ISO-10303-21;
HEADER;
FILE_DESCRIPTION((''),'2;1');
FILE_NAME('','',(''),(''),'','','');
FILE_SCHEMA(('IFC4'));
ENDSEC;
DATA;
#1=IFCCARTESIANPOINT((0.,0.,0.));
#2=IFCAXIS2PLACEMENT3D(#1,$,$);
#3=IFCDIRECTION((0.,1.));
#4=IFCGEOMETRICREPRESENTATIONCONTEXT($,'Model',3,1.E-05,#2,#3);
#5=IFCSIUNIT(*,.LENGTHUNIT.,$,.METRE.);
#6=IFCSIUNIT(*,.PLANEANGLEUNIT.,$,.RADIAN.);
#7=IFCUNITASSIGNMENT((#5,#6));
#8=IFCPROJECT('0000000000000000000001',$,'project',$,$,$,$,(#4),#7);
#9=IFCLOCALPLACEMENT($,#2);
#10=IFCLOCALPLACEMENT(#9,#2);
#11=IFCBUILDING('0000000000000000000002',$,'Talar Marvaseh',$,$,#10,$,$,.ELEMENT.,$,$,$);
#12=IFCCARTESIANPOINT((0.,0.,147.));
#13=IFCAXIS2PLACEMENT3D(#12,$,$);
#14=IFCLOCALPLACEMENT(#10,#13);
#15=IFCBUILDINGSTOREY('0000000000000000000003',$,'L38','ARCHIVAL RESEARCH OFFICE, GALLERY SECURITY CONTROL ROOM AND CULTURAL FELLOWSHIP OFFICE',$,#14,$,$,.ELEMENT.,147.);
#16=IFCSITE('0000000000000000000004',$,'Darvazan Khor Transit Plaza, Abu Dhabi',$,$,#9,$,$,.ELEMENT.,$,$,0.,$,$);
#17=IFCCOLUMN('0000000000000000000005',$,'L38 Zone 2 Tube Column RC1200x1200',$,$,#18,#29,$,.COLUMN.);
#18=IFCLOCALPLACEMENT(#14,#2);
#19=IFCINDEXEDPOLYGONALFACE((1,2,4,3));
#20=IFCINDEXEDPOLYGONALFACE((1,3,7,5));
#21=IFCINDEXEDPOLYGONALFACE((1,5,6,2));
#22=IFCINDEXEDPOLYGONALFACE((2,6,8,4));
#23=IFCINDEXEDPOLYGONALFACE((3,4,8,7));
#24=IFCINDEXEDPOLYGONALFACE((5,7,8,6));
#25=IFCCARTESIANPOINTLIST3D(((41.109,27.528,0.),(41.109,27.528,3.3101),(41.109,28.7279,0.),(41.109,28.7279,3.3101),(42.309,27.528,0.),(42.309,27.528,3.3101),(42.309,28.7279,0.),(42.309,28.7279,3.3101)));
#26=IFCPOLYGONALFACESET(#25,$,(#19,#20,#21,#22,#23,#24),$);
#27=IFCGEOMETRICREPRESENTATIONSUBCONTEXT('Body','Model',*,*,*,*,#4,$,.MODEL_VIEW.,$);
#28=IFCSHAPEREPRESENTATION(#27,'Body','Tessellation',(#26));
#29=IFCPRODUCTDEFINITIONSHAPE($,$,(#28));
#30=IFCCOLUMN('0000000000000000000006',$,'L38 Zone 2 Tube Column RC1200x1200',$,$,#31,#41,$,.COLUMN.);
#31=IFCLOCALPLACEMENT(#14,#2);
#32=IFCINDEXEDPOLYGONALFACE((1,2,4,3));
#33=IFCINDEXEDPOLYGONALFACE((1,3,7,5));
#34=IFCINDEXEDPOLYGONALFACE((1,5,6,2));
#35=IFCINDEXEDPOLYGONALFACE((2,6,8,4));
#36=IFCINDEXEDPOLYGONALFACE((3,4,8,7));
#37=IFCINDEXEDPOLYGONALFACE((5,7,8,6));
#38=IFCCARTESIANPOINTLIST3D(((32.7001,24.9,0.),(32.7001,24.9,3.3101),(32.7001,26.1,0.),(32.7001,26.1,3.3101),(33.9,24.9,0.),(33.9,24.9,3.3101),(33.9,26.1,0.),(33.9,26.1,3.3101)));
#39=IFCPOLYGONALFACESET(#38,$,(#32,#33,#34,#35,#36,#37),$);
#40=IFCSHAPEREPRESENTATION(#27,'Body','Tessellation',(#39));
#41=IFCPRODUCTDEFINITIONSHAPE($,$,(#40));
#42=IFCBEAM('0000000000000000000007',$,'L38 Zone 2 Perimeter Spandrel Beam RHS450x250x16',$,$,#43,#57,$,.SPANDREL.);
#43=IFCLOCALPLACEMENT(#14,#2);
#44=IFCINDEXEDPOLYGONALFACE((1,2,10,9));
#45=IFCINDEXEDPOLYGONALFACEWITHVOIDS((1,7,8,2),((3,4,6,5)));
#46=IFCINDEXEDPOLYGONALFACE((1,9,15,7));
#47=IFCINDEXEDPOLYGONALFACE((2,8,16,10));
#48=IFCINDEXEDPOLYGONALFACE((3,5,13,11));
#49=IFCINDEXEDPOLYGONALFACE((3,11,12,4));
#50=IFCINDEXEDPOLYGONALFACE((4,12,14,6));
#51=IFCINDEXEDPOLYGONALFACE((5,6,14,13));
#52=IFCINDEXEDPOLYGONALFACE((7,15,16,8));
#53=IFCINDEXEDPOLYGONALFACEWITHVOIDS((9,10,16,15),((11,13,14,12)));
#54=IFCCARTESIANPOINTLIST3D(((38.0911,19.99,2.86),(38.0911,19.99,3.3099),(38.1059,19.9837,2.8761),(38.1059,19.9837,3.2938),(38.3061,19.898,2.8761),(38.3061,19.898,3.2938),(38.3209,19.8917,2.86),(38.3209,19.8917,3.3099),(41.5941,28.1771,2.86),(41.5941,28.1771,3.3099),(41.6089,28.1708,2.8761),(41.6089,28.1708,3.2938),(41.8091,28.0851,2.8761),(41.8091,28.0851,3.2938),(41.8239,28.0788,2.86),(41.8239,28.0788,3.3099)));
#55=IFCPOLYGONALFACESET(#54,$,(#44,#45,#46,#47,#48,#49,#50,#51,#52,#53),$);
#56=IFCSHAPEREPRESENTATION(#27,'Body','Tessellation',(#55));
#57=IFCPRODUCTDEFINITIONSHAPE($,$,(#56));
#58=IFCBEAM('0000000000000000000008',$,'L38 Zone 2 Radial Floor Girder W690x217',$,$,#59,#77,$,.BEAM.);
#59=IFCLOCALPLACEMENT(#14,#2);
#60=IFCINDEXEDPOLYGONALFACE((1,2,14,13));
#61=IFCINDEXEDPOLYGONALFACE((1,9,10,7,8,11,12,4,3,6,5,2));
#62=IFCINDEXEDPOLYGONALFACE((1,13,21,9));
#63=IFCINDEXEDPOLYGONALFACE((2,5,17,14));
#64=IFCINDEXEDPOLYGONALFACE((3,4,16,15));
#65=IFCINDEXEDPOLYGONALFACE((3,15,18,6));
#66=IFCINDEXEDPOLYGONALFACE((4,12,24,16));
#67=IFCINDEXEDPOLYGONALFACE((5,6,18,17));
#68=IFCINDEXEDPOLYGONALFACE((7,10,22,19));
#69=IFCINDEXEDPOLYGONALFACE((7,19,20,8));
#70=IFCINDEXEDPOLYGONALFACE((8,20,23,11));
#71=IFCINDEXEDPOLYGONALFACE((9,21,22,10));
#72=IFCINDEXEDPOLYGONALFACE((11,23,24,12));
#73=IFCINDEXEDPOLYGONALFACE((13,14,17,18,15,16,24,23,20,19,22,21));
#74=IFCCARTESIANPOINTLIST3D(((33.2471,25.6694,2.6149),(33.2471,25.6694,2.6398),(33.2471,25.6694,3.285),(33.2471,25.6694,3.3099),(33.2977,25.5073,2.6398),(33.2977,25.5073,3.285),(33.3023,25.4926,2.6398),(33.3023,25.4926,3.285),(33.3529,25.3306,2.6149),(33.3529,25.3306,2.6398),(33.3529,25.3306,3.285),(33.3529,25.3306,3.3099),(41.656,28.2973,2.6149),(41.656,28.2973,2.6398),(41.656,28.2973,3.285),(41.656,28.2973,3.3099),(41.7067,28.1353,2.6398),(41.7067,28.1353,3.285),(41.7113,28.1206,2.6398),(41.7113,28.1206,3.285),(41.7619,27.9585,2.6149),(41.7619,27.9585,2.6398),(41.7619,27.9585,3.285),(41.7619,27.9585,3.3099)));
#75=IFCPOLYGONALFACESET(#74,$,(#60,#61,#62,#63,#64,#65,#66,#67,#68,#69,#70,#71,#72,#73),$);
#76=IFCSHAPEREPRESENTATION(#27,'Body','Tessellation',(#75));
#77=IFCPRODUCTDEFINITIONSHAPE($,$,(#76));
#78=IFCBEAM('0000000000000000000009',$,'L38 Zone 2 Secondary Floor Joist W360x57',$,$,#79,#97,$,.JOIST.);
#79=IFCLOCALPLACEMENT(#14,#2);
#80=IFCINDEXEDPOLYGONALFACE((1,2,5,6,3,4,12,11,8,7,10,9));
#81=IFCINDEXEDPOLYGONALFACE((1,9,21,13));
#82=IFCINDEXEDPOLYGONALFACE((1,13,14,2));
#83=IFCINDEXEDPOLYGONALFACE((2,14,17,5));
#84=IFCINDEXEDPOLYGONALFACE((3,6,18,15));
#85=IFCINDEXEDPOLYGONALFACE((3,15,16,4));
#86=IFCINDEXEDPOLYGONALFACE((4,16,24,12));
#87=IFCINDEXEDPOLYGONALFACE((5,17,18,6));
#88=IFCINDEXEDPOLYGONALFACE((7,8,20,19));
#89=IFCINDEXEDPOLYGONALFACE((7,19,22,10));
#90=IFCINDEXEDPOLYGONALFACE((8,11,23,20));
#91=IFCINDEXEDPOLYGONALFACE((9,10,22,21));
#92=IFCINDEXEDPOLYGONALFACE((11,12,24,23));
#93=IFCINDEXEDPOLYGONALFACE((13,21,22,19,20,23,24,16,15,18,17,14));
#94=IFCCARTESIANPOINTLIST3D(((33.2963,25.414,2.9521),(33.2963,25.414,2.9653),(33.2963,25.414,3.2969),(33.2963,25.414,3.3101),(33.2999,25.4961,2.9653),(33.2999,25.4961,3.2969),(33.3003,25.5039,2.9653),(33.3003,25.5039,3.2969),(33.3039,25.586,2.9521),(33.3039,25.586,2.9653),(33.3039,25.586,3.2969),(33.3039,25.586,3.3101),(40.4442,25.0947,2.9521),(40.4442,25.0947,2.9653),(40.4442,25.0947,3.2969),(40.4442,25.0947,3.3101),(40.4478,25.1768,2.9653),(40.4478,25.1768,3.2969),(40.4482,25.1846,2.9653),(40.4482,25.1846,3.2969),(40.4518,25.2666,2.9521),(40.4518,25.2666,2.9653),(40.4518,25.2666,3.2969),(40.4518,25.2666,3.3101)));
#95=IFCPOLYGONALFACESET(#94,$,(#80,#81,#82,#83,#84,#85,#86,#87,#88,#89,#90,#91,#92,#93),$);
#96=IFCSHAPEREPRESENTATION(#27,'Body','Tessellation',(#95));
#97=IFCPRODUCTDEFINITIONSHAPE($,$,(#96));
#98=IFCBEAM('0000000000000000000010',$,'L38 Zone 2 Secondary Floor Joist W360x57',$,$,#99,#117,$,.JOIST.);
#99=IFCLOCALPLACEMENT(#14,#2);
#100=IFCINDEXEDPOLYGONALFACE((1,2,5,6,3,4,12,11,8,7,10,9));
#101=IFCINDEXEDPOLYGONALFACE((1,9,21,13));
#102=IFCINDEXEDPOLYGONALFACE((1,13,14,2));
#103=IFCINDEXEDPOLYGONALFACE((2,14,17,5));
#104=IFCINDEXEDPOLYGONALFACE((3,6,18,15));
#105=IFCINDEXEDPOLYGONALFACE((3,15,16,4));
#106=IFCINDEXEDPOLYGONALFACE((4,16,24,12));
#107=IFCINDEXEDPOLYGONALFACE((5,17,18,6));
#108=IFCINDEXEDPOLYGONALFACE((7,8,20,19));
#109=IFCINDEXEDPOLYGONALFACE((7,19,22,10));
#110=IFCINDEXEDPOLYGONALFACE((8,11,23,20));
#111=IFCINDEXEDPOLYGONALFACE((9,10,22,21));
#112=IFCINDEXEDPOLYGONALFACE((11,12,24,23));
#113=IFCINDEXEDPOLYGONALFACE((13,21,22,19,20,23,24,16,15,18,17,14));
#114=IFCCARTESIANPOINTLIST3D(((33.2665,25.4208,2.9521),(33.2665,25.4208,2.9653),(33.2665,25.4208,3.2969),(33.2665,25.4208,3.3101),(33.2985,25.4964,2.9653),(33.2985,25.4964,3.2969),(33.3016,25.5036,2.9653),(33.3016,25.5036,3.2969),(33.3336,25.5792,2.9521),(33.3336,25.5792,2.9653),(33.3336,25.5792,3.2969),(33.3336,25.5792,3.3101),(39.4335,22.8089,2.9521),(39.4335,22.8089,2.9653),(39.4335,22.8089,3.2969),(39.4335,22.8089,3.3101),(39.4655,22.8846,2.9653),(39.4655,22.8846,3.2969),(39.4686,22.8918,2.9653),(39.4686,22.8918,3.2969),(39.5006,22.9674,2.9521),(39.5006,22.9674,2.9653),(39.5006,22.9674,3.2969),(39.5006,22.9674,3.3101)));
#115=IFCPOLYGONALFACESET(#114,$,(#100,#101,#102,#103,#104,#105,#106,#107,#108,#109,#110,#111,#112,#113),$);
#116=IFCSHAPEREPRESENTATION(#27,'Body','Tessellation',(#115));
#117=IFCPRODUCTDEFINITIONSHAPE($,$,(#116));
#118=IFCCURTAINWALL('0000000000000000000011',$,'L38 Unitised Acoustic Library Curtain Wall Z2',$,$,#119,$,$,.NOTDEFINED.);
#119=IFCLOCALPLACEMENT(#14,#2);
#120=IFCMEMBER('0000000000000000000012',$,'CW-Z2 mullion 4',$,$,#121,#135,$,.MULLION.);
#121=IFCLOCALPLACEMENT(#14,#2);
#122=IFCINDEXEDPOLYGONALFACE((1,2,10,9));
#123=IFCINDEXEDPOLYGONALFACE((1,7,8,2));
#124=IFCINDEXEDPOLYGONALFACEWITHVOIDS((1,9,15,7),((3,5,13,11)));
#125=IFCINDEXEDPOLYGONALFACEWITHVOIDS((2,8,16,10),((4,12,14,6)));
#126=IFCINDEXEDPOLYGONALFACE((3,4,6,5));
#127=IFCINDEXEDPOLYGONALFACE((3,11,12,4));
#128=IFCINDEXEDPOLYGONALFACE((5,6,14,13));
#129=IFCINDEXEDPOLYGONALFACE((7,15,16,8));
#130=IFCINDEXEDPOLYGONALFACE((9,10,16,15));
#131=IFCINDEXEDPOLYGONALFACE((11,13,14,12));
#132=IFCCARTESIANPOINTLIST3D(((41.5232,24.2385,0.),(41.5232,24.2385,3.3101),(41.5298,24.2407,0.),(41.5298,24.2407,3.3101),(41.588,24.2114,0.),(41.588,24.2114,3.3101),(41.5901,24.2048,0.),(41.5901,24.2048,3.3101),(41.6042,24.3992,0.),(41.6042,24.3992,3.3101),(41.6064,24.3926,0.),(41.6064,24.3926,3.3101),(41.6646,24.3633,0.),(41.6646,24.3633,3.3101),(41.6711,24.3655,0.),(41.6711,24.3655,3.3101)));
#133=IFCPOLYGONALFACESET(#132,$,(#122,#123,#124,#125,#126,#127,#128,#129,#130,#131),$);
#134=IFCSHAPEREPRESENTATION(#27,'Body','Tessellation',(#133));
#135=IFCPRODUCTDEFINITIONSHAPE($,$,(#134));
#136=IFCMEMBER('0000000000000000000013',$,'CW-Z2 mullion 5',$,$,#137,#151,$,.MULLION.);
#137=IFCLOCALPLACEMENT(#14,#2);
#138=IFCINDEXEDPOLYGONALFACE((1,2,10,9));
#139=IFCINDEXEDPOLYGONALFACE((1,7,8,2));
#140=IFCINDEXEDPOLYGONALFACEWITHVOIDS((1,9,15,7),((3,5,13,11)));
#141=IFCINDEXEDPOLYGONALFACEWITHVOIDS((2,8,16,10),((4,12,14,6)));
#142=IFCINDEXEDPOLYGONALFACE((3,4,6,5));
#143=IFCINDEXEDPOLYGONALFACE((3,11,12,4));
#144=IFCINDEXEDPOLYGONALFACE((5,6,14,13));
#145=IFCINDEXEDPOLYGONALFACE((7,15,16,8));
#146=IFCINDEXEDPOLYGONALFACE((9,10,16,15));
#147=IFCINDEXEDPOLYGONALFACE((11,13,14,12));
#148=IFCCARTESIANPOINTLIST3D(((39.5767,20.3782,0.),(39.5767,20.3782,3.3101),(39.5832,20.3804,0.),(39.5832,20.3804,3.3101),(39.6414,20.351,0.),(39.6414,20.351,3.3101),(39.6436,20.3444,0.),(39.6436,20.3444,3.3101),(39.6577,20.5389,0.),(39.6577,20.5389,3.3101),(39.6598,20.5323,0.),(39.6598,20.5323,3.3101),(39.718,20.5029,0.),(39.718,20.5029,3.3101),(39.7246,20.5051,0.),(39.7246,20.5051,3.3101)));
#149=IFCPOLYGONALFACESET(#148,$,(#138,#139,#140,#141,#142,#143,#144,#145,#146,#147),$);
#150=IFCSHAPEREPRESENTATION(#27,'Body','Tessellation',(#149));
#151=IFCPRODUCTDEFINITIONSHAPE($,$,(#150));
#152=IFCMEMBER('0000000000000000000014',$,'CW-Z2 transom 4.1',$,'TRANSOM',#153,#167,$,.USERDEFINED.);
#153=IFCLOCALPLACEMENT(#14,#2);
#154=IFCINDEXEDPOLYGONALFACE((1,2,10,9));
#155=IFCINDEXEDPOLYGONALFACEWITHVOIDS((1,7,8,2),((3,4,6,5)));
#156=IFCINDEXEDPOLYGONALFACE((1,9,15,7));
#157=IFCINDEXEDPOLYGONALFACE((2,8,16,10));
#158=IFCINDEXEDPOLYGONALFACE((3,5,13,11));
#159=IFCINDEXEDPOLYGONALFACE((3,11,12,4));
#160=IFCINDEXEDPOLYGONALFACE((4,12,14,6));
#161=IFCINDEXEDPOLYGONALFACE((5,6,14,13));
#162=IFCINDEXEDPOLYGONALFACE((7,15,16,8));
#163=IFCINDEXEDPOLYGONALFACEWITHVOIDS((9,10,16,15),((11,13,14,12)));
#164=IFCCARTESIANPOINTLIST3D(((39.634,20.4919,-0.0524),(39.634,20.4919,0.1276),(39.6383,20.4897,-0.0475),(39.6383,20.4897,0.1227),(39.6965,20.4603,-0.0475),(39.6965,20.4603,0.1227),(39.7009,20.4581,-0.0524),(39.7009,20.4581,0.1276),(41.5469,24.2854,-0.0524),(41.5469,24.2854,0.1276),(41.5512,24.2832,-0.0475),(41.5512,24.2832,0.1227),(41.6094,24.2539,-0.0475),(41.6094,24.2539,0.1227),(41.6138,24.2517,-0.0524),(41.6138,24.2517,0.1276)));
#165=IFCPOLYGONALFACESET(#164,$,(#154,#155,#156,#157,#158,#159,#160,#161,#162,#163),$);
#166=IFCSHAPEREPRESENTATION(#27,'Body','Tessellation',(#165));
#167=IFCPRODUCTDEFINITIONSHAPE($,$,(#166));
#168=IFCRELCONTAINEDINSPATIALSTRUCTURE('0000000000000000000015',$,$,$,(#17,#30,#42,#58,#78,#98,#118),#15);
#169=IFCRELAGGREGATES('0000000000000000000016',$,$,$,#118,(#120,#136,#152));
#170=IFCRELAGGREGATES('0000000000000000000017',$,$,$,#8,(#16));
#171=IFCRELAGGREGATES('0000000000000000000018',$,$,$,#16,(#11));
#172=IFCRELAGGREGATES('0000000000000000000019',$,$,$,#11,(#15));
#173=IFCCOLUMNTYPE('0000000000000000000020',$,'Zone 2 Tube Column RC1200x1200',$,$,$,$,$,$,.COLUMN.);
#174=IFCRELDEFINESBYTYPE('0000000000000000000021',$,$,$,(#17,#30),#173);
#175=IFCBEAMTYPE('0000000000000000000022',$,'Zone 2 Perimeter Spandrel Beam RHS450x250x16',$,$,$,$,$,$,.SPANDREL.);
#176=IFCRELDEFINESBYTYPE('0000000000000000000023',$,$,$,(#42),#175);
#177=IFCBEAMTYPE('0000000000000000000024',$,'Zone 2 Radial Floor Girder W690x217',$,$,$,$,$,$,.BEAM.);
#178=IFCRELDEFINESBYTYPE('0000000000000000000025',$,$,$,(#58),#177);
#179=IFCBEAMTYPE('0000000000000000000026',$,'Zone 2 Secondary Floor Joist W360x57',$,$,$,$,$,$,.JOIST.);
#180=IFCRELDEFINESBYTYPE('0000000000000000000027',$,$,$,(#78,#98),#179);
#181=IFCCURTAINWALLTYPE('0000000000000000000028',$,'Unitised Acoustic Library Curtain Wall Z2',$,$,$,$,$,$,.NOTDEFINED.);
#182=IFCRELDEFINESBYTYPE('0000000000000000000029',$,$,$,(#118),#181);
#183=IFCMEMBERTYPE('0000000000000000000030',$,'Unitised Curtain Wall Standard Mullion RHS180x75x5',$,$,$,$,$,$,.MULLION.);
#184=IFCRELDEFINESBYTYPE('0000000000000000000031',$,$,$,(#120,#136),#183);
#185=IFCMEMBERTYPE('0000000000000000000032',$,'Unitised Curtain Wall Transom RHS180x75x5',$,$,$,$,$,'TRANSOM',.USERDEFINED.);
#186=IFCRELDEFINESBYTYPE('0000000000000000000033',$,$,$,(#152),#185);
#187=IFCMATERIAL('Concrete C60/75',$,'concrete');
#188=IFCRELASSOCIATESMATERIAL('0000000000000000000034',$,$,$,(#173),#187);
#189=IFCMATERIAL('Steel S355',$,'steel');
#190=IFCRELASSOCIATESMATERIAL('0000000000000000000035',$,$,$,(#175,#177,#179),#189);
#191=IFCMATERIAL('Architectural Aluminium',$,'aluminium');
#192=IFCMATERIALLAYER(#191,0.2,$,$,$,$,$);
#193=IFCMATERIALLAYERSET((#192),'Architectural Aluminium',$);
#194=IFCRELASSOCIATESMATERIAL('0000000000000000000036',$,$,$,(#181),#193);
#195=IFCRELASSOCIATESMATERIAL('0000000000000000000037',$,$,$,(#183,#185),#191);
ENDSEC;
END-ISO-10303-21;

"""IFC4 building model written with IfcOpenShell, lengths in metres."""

from ifc_helpers import new_model, si_unit, direction, frame, origin, origin_2d, place, context, subcontext, project, spatial, rectangle, hollow_rectangle, i_section, extrude, source, transform, mapped, material, layer, layer_set, material_profile, profile_set, type_object, type_shapes, element, aggregate, save


model = new_model("IFC4")

# Units and contexts
model_context = context("Model", 3, precision=1e-05, world=origin(), true_north=direction((0.0, 1.0)))
body_context = subcontext(model_context, "Body", "Model", "MODEL_VIEW")
ifc_project = project(units=[si_unit("LENGTHUNIT", "METRE"), si_unit("PLANEANGLEUNIT", "RADIAN")], contexts=[model_context])

# Site, building, storey
site_placement = place(None, origin())
site = spatial("IfcSite", under=ifc_project, at=site_placement, Name="Darvazan Khor Transit Plaza, Abu Dhabi", CompositionType="ELEMENT", RefElevation=0.0)
building_placement = place(site_placement, origin())
building = spatial("IfcBuilding", under=site, at=building_placement, Name="Talar Marvaseh", CompositionType="ELEMENT")
storey_placement = place(building_placement, frame((0.0, 0.0, 147.0)))
storey = spatial("IfcBuildingStorey", under=building, at=storey_placement, Name="L38", Description="ARCHIVAL RESEARCH OFFICE, GALLERY SECURITY CONTROL ROOM AND CULTURAL FELLOWSHIP OFFICE", CompositionType="ELEMENT", Elevation=147.0)

# Columns
ifc_material_1 = material(Name="Concrete C60/75", Category="concrete")
ifc_material_profile_1 = material_profile(ifc_material_1, rectangle(XDim=1.2, YDim=1.2, at=origin_2d()), Name="RC1200x1200")
ifc_profile_set_1 = profile_set([ifc_material_profile_1], Name="Concrete C60/75")
column_type = type_object("IfcColumnType", Name="Zone 2 Tube Column RC1200x1200", PredefinedType="COLUMN", material=ifc_profile_set_1)
for number, where, z_axis, x_axis, name in (
    (1, (41.709, 28.1279, 0.0), (0.0, 0.0, 1.0), (1.0, 0.0, 0.0), "L38 Zone 2 Tube Column RC1200x1200"),
    (2, (33.3, 25.5, 0.0), (0.0, 0.0, 1.0), (1.0, 0.0, 0.0), "L38 Zone 2 Tube Column RC1200x1200"),
):
    element("IfcColumn", number, at=place(storey_placement, frame(where, z_axis=z_axis, x_axis=x_axis)), inside=storey, type_object=column_type, Name=name, PredefinedType="COLUMN", context=body_context, shape_type="SweptSolid", body=[
        extrude(rectangle(XDim=1.2, YDim=1.2, at=origin_2d()), origin(), (0.0, 0.0, 1.0), 3.3101),
    ])

# Beams
ifc_material_2 = material(Name="Steel S355", Category="steel")
ifc_material_profile_2 = material_profile(ifc_material_2, hollow_rectangle(XDim=0.25, YDim=0.45, WallThickness=0.0161, at=origin_2d()), Name="RHS450x250x16")
ifc_profile_set_2 = profile_set([ifc_material_profile_2], Name="Steel S355")
beam_type_1 = type_object("IfcBeamType", Name="Zone 2 Perimeter Spandrel Beam RHS450x250x16", PredefinedType="SPANDREL", material=ifc_profile_set_2)
beam_1_placement = place(storey_placement, frame((41.709, 28.1279, 3.085), z_axis=(-0.39337, -0.91938, 0.0), x_axis=(0.91938, -0.39337, 0.0)))
element("IfcBeam", 3, at=beam_1_placement, inside=storey, type_object=beam_type_1, Name="L38 Zone 2 Perimeter Spandrel Beam RHS450x250x16", PredefinedType="SPANDREL", context=body_context, shape_type="SweptSolid", body=[
    extrude(hollow_rectangle(XDim=0.25, YDim=0.45, WallThickness=0.0161, at=origin_2d()), origin(), (0.0, 0.0, 1.0), 8.905),
])
ifc_material_profile_3 = material_profile(ifc_material_2, i_section(OverallWidth=0.355, OverallDepth=0.6951, WebThickness=0.0154, FlangeThickness=0.0249, at=origin_2d()), Name="W690x217")
ifc_profile_set_3 = profile_set([ifc_material_profile_3], Name="Steel S355")
beam_type_2 = type_object("IfcBeamType", Name="Zone 2 Radial Floor Girder W690x217", PredefinedType="BEAM", material=ifc_profile_set_3)
beam_2_placement = place(storey_placement, frame((41.709, 28.1279, 2.9624), z_axis=(-0.954476, -0.298289, 0.0), x_axis=(0.298289, -0.954476, 0.0)))
element("IfcBeam", 4, at=beam_2_placement, inside=storey, type_object=beam_type_2, Name="L38 Zone 2 Radial Floor Girder W690x217", PredefinedType="BEAM", context=body_context, shape_type="SweptSolid", body=[
    extrude(i_section(OverallWidth=0.355, OverallDepth=0.6951, WebThickness=0.0154, FlangeThickness=0.0249, at=origin_2d()), origin(), (0.0, 0.0, 1.0), 8.8101),
])
ifc_material_profile_4 = material_profile(ifc_material_2, i_section(OverallWidth=0.1721, OverallDepth=0.3579, WebThickness=0.0078, FlangeThickness=0.0132, at=origin_2d()), Name="W360x57")
ifc_profile_set_4 = profile_set([ifc_material_profile_4], Name="Steel S355")
beam_type_3 = type_object("IfcBeamType", Name="Zone 2 Secondary Floor Joist W360x57", PredefinedType="JOIST", material=ifc_profile_set_4)
beam_3_placement = place(storey_placement, frame((40.448, 25.1807, 3.1311), z_axis=(-0.999004, 0.044631, 0.0), x_axis=(-0.044631, -0.999004, 0.0)))
element("IfcBeam", 5, at=beam_3_placement, inside=storey, type_object=beam_type_3, Name="L38 Zone 2 Secondary Floor Joist W360x57", PredefinedType="JOIST", context=body_context, shape_type="SweptSolid", body=[
    extrude(i_section(OverallWidth=0.1721, OverallDepth=0.3579, WebThickness=0.0078, FlangeThickness=0.0132, at=origin_2d()), origin(), (0.0, 0.0, 1.0), 7.155),
])
beam_4_placement = place(storey_placement, frame((39.467, 22.8882, 3.1311), z_axis=(-0.920822, 0.389982, 0.0), x_axis=(-0.389982, -0.920822, 0.0)))
element("IfcBeam", 6, at=beam_4_placement, inside=storey, type_object=beam_type_3, Name="L38 Zone 2 Secondary Floor Joist W360x57", PredefinedType="JOIST", context=body_context, shape_type="SweptSolid", body=[
    extrude(i_section(OverallWidth=0.1721, OverallDepth=0.3579, WebThickness=0.0078, FlangeThickness=0.0132, at=origin_2d()), origin(), (0.0, 0.0, 1.0), 6.6973),
])

# Curtain wall, members
ifc_material_3 = material(Name="Architectural Aluminium", Category="aluminium")
ifc_layer_1 = layer(ifc_material_3, 0.2)
ifc_layer_set_1 = layer_set([ifc_layer_1], Name="Architectural Aluminium")
curtain_wall_type = type_object("IfcCurtainWallType", Name="Unitised Acoustic Library Curtain Wall Z2", PredefinedType="NOTDEFINED", material=ifc_layer_set_1)
curtain_wall_placement = place(storey_placement, origin())
curtain_wall = element("IfcCurtainWall", 7, at=curtain_wall_placement, inside=storey, type_object=curtain_wall_type, Name="L38 Unitised Acoustic Library Curtain Wall Z2", PredefinedType="NOTDEFINED")
ifc_material_profile_5 = material_profile(ifc_material_3, hollow_rectangle(XDim=0.075, YDim=0.1799, WallThickness=0.0049, at=origin_2d()), Name="RHS180x75x5")
ifc_profile_set_5 = profile_set([ifc_material_profile_5], Name="Architectural Aluminium")
member_type_1 = type_object("IfcMemberType", Name="Unitised Curtain Wall Standard Mullion RHS180x75x5", PredefinedType="MULLION", material=ifc_profile_set_5)
shared_shape_1 = source(origin(), body_context, "Body", "SweptSolid", [
    extrude(hollow_rectangle(XDim=0.075, YDim=0.1799, WallThickness=0.0049, at=origin_2d()), origin(), (0.0, 0.0, 1.0), 3.3101),
])
type_shapes(member_type_1, [shared_shape_1])
member_1_placement = place(storey_placement, frame((41.5972, 24.302, 0.0), z_axis=(0.0, 0.0, 1.0), x_axis=(0.892909, -0.450236, 0.0)))
member_1 = element("IfcMember", 8, at=member_1_placement, type_object=member_type_1, Name="CW-Z2 mullion 4", PredefinedType="MULLION", context=body_context, shape_type="MappedRepresentation", body=[
    mapped(shared_shape_1, transform((0.0, 0.0, 0.0), x_axis=(1.0, 0.0, 0.0), y_axis=(0.0, 1.0, 0.0), z_axis=(0.0, 0.0, 1.0), scale=1.0)),
])
member_2_placement = place(storey_placement, frame((39.6506, 20.4417, 0.0), z_axis=(0.0, 0.0, 1.0), x_axis=(0.892909, -0.450236, 0.0)))
member_2 = element("IfcMember", 9, at=member_2_placement, type_object=member_type_1, Name="CW-Z2 mullion 5", PredefinedType="MULLION", context=body_context, shape_type="MappedRepresentation", body=[
    mapped(shared_shape_1, transform((0.0, 0.0, 0.0), x_axis=(1.0, 0.0, 0.0), y_axis=(0.0, 1.0, 0.0), z_axis=(0.0, 0.0, 1.0), scale=1.0)),
])
ifc_material_profile_6 = material_profile(ifc_material_3, hollow_rectangle(XDim=0.075, YDim=0.1799, WallThickness=0.0049, at=origin_2d()), Name="RHS180x75x5")
ifc_profile_set_6 = profile_set([ifc_material_profile_6], Name="Architectural Aluminium")
member_type_2 = type_object("IfcMemberType", Name="Unitised Curtain Wall Transom RHS180x75x5", ElementType="TRANSOM", PredefinedType="USERDEFINED", material=ifc_profile_set_6)
shared_shape_2 = source(origin(), body_context, "Body", "SweptSolid", [
    extrude(hollow_rectangle(XDim=0.075, YDim=0.1799, WallThickness=0.0049, at=origin_2d()), origin(), (0.0, 0.0, 1.0), 4.2485),
])
member_3_placement = place(storey_placement, frame((41.5803, 24.2686, 0.0376), z_axis=(-0.450245, -0.892905, 0.0), x_axis=(0.892905, -0.450245, 0.0)))
member_3 = element("IfcMember", 10, at=member_3_placement, type_object=member_type_2, Name="CW-Z2 transom 4.1", ObjectType="TRANSOM", PredefinedType="USERDEFINED", context=body_context, shape_type="MappedRepresentation", body=[
    mapped(shared_shape_2, transform((0.0, 0.0, 0.0), x_axis=(1.0, 0.0, 0.0), y_axis=(0.0, 1.0, 0.0), z_axis=(0.0, 0.0, 1.0), scale=1.0)),
])
aggregate(curtain_wall, [member_1, member_2, member_3])

save(model, "model.ifc")
